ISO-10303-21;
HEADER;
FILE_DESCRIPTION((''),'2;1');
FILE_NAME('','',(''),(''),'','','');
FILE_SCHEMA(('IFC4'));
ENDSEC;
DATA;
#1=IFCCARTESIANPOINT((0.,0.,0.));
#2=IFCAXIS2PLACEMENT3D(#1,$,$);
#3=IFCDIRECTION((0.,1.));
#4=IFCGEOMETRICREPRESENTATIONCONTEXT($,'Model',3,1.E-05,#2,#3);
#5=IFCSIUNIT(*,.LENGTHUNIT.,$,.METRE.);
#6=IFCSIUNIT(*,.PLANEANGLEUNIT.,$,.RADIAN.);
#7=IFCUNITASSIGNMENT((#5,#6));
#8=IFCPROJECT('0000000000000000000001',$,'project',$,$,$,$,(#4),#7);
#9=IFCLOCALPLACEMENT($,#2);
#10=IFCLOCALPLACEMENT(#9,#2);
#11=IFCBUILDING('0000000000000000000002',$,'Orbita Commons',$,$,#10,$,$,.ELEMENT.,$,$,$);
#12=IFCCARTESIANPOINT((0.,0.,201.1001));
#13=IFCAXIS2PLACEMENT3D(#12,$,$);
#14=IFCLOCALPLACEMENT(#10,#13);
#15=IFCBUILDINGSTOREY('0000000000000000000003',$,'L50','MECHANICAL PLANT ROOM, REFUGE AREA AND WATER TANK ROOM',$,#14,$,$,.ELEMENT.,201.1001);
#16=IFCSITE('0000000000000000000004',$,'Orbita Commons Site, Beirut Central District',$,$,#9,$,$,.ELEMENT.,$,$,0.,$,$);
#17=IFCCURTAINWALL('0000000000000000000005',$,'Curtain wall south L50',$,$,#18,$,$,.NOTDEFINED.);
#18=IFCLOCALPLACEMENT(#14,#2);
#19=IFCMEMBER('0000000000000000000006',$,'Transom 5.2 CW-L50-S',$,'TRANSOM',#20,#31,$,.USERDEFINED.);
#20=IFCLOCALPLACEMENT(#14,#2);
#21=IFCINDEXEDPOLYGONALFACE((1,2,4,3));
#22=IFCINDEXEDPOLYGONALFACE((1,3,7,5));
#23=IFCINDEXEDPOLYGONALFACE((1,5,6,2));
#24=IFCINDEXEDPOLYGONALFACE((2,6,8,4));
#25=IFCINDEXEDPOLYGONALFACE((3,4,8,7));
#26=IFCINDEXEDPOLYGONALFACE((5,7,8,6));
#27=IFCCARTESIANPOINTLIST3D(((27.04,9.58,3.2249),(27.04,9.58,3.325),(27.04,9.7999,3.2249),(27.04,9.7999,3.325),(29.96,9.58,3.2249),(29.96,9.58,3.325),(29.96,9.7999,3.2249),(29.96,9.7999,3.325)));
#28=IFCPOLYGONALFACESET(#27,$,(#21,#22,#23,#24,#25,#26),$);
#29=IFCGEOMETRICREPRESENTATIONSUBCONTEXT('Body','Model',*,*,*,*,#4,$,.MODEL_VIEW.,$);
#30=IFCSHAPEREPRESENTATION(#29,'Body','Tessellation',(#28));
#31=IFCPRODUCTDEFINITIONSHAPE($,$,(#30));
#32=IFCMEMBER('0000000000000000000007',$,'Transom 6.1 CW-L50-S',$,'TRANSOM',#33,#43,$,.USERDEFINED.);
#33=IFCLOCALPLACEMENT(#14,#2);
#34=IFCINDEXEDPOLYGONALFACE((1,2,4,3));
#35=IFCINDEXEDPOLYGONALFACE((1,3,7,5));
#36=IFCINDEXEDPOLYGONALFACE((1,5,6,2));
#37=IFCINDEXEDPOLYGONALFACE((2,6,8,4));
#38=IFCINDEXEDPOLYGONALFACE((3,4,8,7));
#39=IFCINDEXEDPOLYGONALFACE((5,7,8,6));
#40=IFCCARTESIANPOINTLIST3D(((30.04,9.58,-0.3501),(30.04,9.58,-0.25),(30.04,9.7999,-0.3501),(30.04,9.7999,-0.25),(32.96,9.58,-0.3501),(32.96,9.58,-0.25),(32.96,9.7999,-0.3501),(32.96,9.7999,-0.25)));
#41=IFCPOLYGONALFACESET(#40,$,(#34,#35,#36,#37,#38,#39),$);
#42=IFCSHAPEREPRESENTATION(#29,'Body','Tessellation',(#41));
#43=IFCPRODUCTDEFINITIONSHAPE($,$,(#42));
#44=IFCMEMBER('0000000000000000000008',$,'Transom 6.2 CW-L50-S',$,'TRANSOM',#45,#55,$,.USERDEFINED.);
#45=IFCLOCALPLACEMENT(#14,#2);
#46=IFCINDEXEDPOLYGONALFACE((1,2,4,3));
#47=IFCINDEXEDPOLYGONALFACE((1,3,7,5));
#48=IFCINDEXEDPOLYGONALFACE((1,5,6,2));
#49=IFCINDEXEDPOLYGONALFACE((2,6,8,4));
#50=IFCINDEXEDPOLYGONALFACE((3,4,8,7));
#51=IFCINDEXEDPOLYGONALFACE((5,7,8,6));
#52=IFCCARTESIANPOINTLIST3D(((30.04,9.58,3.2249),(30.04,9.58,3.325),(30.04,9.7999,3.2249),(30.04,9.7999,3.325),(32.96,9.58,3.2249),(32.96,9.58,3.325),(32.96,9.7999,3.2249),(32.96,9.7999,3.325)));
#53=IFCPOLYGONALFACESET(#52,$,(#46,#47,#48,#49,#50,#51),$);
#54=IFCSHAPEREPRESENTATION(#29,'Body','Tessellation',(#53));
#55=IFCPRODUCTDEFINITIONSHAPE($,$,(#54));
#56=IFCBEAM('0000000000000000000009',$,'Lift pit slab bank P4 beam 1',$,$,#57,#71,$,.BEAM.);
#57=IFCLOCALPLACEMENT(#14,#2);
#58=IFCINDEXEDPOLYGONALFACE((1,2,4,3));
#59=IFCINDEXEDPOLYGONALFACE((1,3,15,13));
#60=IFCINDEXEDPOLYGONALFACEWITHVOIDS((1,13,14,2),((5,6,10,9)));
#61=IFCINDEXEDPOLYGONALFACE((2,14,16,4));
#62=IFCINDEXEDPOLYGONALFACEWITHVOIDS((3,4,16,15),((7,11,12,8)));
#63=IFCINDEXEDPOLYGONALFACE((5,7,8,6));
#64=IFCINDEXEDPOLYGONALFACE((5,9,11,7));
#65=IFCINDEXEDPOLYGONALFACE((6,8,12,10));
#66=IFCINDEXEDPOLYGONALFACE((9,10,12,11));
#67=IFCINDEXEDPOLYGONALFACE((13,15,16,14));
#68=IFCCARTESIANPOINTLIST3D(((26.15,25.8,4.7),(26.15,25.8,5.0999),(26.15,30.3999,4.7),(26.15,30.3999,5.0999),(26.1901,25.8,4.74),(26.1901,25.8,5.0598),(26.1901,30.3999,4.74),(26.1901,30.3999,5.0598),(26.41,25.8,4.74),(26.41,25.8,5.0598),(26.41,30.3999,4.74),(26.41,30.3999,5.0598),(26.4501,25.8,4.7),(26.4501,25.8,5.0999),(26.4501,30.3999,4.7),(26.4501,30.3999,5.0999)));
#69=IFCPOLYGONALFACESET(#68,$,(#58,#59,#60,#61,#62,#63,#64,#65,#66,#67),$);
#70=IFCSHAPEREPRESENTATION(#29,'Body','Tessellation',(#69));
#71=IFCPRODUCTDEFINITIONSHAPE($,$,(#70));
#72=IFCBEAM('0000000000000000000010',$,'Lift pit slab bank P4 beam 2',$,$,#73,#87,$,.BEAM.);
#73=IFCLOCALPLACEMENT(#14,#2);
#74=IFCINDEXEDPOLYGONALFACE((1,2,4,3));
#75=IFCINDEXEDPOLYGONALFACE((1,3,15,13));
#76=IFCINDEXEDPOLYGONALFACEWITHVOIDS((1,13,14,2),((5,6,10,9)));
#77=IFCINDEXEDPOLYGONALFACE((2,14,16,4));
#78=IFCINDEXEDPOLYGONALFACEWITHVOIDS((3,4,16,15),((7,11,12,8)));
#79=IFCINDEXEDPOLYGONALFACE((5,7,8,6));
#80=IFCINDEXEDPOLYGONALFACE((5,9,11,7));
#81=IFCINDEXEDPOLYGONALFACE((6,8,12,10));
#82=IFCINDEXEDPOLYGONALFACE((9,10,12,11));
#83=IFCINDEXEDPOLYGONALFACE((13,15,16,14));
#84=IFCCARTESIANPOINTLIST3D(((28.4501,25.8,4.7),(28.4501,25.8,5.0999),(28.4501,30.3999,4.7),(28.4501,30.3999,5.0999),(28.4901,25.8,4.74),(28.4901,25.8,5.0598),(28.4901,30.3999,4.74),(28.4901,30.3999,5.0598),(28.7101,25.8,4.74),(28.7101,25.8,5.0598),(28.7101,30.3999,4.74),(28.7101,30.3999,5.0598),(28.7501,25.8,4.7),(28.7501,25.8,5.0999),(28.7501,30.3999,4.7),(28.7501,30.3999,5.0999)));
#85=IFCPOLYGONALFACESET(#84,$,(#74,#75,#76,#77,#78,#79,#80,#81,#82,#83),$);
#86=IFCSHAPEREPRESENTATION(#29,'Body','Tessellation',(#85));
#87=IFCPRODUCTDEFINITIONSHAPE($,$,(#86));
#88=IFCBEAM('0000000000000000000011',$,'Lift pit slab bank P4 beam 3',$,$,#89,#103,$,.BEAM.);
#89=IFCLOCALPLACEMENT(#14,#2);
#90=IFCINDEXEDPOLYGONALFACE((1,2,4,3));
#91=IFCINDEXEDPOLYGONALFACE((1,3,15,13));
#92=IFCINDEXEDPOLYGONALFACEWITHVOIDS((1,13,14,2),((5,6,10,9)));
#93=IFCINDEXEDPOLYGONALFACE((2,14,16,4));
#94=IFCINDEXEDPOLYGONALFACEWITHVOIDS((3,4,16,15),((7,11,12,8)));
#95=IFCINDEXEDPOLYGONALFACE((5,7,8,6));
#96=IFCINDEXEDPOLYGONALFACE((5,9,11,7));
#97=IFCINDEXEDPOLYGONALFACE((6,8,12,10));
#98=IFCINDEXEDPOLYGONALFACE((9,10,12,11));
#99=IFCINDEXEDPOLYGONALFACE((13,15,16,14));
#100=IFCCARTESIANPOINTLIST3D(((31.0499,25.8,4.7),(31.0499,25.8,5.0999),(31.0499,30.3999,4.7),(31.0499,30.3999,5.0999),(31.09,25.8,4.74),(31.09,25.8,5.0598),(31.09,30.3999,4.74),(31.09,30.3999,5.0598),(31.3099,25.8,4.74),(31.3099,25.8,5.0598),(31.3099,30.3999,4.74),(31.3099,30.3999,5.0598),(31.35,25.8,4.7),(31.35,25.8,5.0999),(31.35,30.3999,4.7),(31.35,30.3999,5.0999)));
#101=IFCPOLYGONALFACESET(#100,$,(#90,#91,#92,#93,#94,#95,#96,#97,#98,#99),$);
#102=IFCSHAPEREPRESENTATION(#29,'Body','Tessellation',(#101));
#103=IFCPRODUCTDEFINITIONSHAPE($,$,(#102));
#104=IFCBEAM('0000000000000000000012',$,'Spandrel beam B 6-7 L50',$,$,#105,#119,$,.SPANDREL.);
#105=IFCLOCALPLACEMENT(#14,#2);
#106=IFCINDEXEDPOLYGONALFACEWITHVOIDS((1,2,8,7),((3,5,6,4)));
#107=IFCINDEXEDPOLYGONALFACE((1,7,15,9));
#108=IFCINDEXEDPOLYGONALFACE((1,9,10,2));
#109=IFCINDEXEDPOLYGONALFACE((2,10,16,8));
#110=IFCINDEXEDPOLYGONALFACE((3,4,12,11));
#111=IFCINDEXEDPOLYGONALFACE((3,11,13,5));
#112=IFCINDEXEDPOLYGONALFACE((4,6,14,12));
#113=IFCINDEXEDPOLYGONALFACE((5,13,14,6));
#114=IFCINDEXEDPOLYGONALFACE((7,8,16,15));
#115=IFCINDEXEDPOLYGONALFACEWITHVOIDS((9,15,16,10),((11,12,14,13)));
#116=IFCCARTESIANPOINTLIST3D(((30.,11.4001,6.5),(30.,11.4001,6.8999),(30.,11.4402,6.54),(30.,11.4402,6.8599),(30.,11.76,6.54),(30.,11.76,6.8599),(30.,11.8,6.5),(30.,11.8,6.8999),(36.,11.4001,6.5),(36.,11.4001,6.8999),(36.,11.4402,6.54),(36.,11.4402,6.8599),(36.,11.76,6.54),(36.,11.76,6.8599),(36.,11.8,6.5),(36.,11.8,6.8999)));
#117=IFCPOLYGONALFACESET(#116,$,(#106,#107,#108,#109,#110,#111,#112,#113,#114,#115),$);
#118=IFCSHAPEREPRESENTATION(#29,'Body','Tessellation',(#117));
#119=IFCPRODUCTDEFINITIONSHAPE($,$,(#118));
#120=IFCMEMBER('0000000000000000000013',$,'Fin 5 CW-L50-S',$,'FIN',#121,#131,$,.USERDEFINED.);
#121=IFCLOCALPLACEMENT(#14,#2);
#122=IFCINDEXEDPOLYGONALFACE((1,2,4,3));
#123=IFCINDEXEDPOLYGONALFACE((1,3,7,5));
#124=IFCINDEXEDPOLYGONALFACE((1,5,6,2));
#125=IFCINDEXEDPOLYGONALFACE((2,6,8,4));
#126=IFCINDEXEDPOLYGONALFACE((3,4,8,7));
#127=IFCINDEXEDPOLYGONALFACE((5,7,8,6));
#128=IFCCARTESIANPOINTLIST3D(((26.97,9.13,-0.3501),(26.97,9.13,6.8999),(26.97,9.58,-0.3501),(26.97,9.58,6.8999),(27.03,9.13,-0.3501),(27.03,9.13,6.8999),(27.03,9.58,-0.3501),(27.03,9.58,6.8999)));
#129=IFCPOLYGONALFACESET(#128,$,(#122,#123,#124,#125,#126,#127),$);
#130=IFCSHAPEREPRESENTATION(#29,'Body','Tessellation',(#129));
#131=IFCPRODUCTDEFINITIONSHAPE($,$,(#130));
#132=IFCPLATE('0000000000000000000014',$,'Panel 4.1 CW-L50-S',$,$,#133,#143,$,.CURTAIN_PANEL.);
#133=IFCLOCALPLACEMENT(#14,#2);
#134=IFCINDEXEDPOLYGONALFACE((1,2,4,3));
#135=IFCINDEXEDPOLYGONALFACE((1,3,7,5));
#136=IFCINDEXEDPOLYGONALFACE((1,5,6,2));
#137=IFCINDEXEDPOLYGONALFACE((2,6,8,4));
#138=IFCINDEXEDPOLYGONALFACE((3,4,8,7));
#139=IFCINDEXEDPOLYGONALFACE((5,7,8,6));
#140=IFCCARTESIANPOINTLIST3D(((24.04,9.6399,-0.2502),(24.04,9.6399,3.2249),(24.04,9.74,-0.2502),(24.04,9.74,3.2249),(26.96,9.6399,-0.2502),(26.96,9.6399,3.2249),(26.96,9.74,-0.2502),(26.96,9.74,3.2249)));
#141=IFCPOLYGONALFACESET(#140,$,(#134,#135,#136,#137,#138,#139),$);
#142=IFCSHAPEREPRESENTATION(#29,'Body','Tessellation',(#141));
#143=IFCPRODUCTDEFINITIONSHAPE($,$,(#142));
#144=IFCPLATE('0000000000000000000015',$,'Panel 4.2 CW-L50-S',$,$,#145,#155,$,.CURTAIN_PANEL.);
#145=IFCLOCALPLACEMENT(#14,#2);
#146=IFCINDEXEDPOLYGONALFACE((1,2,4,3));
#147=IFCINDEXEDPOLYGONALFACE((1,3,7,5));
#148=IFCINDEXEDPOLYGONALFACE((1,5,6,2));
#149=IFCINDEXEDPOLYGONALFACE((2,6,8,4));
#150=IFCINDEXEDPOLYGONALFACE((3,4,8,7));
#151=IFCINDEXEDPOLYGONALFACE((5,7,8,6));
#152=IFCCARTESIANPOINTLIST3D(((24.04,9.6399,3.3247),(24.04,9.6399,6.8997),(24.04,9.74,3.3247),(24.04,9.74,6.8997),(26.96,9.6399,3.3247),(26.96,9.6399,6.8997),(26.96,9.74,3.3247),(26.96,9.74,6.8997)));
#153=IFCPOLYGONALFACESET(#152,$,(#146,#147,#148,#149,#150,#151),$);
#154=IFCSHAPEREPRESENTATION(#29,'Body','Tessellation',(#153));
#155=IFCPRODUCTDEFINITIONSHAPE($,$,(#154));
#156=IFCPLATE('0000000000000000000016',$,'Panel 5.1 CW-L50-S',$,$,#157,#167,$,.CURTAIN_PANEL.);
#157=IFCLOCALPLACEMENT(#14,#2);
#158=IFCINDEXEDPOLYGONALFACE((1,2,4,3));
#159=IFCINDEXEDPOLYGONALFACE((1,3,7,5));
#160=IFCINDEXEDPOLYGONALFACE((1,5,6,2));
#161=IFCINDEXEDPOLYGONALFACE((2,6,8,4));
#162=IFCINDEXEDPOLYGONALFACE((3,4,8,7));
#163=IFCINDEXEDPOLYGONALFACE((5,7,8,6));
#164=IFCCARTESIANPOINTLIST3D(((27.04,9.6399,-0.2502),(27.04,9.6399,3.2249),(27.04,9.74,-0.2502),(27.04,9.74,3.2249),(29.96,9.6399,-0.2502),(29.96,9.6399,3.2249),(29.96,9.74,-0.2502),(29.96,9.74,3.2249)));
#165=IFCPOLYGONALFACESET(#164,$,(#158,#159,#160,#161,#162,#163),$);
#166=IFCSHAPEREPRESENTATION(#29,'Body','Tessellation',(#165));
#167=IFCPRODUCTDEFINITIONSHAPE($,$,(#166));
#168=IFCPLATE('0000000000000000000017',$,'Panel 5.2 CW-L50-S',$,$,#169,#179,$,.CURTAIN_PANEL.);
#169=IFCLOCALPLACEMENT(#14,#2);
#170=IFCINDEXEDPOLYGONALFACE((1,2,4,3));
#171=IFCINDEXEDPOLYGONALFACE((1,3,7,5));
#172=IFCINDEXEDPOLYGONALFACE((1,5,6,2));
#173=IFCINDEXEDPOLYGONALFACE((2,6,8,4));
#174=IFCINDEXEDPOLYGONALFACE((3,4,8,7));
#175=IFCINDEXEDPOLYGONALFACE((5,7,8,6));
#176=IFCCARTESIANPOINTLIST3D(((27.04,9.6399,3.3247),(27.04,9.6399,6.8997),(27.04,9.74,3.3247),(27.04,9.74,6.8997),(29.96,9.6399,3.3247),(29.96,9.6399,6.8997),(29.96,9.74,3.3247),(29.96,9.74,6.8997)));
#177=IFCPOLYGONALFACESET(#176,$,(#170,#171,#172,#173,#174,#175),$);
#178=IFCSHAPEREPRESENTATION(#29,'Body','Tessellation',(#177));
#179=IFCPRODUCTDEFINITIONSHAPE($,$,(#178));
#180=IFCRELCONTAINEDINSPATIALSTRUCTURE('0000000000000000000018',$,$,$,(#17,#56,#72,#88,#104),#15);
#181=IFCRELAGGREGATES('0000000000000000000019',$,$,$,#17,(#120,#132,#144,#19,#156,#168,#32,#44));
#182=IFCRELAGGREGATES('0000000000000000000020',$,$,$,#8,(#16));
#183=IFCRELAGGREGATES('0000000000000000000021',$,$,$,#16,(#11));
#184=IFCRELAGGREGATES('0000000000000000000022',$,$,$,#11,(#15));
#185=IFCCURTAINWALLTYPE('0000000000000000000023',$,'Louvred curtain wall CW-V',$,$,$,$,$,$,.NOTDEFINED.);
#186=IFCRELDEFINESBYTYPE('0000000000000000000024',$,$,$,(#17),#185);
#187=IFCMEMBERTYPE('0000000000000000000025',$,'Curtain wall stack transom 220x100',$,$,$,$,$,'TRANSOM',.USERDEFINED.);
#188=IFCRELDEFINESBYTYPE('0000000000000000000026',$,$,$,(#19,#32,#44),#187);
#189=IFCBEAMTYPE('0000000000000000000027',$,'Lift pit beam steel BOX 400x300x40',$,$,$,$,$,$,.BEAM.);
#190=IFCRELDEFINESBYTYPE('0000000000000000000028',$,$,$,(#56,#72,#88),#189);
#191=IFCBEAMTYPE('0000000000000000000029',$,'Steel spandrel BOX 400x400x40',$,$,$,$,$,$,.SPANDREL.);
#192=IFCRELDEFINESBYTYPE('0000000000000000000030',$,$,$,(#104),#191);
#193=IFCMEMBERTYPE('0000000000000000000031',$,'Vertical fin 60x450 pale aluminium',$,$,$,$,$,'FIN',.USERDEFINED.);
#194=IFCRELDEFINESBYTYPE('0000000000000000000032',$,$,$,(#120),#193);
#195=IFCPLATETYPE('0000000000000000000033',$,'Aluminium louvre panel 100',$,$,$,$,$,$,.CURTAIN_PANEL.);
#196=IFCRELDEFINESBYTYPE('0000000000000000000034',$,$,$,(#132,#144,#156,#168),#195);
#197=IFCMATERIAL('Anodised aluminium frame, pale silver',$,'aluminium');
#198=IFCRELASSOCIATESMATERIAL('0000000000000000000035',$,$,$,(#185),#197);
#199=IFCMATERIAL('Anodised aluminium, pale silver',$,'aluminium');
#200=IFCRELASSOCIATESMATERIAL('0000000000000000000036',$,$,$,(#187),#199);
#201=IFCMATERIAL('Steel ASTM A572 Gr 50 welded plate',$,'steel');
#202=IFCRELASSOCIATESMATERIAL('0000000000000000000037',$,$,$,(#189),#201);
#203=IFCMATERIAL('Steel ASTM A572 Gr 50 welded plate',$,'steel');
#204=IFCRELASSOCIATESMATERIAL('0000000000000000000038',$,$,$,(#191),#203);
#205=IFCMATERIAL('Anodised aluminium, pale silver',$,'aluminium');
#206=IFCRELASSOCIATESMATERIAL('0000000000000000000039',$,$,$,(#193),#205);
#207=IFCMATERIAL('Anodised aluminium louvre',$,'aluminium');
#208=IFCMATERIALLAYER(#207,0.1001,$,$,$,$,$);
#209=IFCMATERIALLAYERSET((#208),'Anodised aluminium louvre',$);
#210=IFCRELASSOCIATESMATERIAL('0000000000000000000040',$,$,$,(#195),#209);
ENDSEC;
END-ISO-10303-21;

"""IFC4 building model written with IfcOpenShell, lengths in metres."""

from ifc_helpers import new_model, si_unit, direction, frame, origin, origin_2d, place, context, subcontext, project, spatial, rectangle, hollow_rectangle, extrude, material, layer, layer_set, material_profile, profile_set, type_object, element, aggregate, save


model = new_model("IFC4")

# Units and contexts
model_context = context("Model", 3, precision=1e-05, world=origin(), true_north=direction((0.0, 1.0)))
body_context = subcontext(model_context, "Body", "Model", "MODEL_VIEW")
ifc_project = project(units=[si_unit("LENGTHUNIT", "METRE"), si_unit("PLANEANGLEUNIT", "RADIAN")], contexts=[model_context])

# Site, building, storey
site_placement = place(None, origin())
site = spatial("IfcSite", under=ifc_project, at=site_placement, Name="Orbita Commons Site, Beirut Central District", CompositionType="ELEMENT", RefElevation=0.0)
building_placement = place(site_placement, origin())
building = spatial("IfcBuilding", under=site, at=building_placement, Name="Orbita Commons", CompositionType="ELEMENT")
storey_placement = place(building_placement, frame((0.0, 0.0, 201.1001)))
storey = spatial("IfcBuildingStorey", under=building, at=storey_placement, Name="L50", Description="MECHANICAL PLANT ROOM, REFUGE AREA AND WATER TANK ROOM", CompositionType="ELEMENT", Elevation=201.1001)

# Curtain wall, members
ifc_material_1 = material(Name="Anodised aluminium frame, pale silver", Category="aluminium")
curtain_wall_type = type_object("IfcCurtainWallType", Name="Louvred curtain wall CW-V", PredefinedType="NOTDEFINED", material=ifc_material_1)
curtain_wall_placement = place(storey_placement, origin())
curtain_wall = element("IfcCurtainWall", 1, at=curtain_wall_placement, inside=storey, type_object=curtain_wall_type, Name="Curtain wall south L50", PredefinedType="NOTDEFINED")
ifc_material_2 = material(Name="Anodised aluminium, pale silver", Category="aluminium")
ifc_material_profile_1 = material_profile(ifc_material_2, rectangle(XDim=0.22, YDim=0.1001, at=origin_2d()), Name="AL 220x100")
ifc_profile_set_1 = profile_set([ifc_material_profile_1], Name="Anodised aluminium, pale silver")
member_type_1 = type_object("IfcMemberType", Name="Curtain wall stack transom 220x100", ElementType="TRANSOM", PredefinedType="USERDEFINED", material=ifc_profile_set_1)
member_1_placement = place(storey_placement, frame((27.04, 9.6899, 3.2749), z_axis=(1.0, 0.0, 0.0), x_axis=(0.0, 1.0, 0.0)))
member_1 = element("IfcMember", 2, at=member_1_placement, type_object=member_type_1, Name="Transom 5.2 CW-L50-S", ObjectType="TRANSOM", PredefinedType="USERDEFINED", context=body_context, shape_type="SweptSolid", body=[
    extrude(rectangle(XDim=0.22, YDim=0.1001, at=origin_2d()), origin(), (0.0, 0.0, 1.0), 2.9199),
])
member_2_placement = place(storey_placement, frame((30.04, 9.6899, -0.3), z_axis=(1.0, 0.0, 0.0), x_axis=(0.0, 1.0, 0.0)))
member_2 = element("IfcMember", 3, at=member_2_placement, type_object=member_type_1, Name="Transom 6.1 CW-L50-S", ObjectType="TRANSOM", PredefinedType="USERDEFINED", context=body_context, shape_type="SweptSolid", body=[
    extrude(rectangle(XDim=0.22, YDim=0.1001, at=origin_2d()), origin(), (0.0, 0.0, 1.0), 2.9199),
])
member_3_placement = place(storey_placement, frame((30.04, 9.6899, 3.2749), z_axis=(1.0, 0.0, 0.0), x_axis=(0.0, 1.0, 0.0)))
member_3 = element("IfcMember", 4, at=member_3_placement, type_object=member_type_1, Name="Transom 6.2 CW-L50-S", ObjectType="TRANSOM", PredefinedType="USERDEFINED", context=body_context, shape_type="SweptSolid", body=[
    extrude(rectangle(XDim=0.22, YDim=0.1001, at=origin_2d()), origin(), (0.0, 0.0, 1.0), 2.9199),
])

# Beams
ifc_material_3 = material(Name="Steel ASTM A572 Gr 50 welded plate", Category="steel")
ifc_material_profile_2 = material_profile(ifc_material_3, hollow_rectangle(XDim=0.3, YDim=0.3999, WallThickness=0.04, at=origin_2d()), Name="BOX 400x300x40")
ifc_profile_set_2 = profile_set([ifc_material_profile_2], Name="Steel ASTM A572 Gr 50 welded plate")
beam_type_1 = type_object("IfcBeamType", Name="Lift pit beam steel BOX 400x300x40", PredefinedType="BEAM", material=ifc_profile_set_2)
for number, where, z_axis, x_axis, name in (
    (5, (26.3, 25.8, 4.8999), (0.0, 1.0, 0.0), (-1.0, 0.0, 0.0), "Lift pit slab bank P4 beam 1"),
    (6, (28.6001, 25.8, 4.8999), (0.0, 1.0, 0.0), (-1.0, 0.0, 0.0), "Lift pit slab bank P4 beam 2"),
    (7, (31.2, 25.8, 4.8999), (0.0, 1.0, 0.0), (-1.0, 0.0, 0.0), "Lift pit slab bank P4 beam 3"),
):
    element("IfcBeam", number, at=place(storey_placement, frame(where, z_axis=z_axis, x_axis=x_axis)), inside=storey, type_object=beam_type_1, Name=name, PredefinedType="BEAM", context=body_context, shape_type="SweptSolid", body=[
        extrude(hollow_rectangle(XDim=0.3, YDim=0.3999, WallThickness=0.04, at=origin_2d()), origin(), (0.0, 0.0, 1.0), 4.5999),
    ])
ifc_material_4 = material(Name="Steel ASTM A572 Gr 50 welded plate", Category="steel")
ifc_material_profile_3 = material_profile(ifc_material_4, hollow_rectangle(XDim=0.3999, YDim=0.3999, WallThickness=0.04, at=origin_2d()), Name="BOX 400x400x40")
ifc_profile_set_3 = profile_set([ifc_material_profile_3], Name="Steel ASTM A572 Gr 50 welded plate")
beam_type_2 = type_object("IfcBeamType", Name="Steel spandrel BOX 400x400x40", PredefinedType="SPANDREL", material=ifc_profile_set_3)
beam_placement = place(storey_placement, frame((30.0, 11.6001, 6.7), z_axis=(1.0, 0.0, 0.0), x_axis=(0.0, 1.0, 0.0)))
element("IfcBeam", 8, at=beam_placement, inside=storey, type_object=beam_type_2, Name="Spandrel beam B 6-7 L50", PredefinedType="SPANDREL", context=body_context, shape_type="SweptSolid", body=[
    extrude(hollow_rectangle(XDim=0.3999, YDim=0.3999, WallThickness=0.04, at=origin_2d()), origin(), (0.0, 0.0, 1.0), 6.0),
])

# Member
ifc_material_5 = material(Name="Anodised aluminium, pale silver", Category="aluminium")
ifc_material_profile_4 = material_profile(ifc_material_5, rectangle(XDim=0.0601, YDim=0.45, at=origin_2d()), Name="FIN 60x450")
ifc_profile_set_4 = profile_set([ifc_material_profile_4], Name="Anodised aluminium, pale silver")
member_type_2 = type_object("IfcMemberType", Name="Vertical fin 60x450 pale aluminium", ElementType="FIN", PredefinedType="USERDEFINED", material=ifc_profile_set_4)
member_4_placement = place(storey_placement, frame((27.0, 9.355, -0.3501), z_axis=(0.0, 0.0, 1.0), x_axis=(1.0, 0.0, 0.0)))
member_4 = element("IfcMember", 9, at=member_4_placement, type_object=member_type_2, Name="Fin 5 CW-L50-S", ObjectType="FIN", PredefinedType="USERDEFINED", context=body_context, shape_type="SweptSolid", body=[
    extrude(rectangle(XDim=0.0601, YDim=0.45, at=origin_2d()), origin(), (0.0, 0.0, 1.0), 7.25),
])

# Plates
ifc_material_6 = material(Name="Anodised aluminium louvre", Category="aluminium")
ifc_layer_1 = layer(ifc_material_6, 0.1001)
ifc_layer_set_1 = layer_set([ifc_layer_1], Name="Anodised aluminium louvre")
plate_type = type_object("IfcPlateType", Name="Aluminium louvre panel 100", PredefinedType="CURTAIN_PANEL", material=ifc_layer_set_1)
plate_1_placement = place(storey_placement, frame((25.5, 9.6899, -0.2502), z_axis=(0.0, 0.0, 1.0), x_axis=(1.0, 0.0, 0.0)))
plate_1 = element("IfcPlate", 10, at=plate_1_placement, type_object=plate_type, Name="Panel 4.1 CW-L50-S", PredefinedType="CURTAIN_PANEL", context=body_context, shape_type="SweptSolid", body=[
    extrude(rectangle(XDim=2.9199, YDim=0.1001, at=origin_2d()), origin(), (0.0, 0.0, 1.0), 3.4751),
])
plate_2_placement = place(storey_placement, frame((25.5, 9.6899, 3.3247), z_axis=(0.0, 0.0, 1.0), x_axis=(1.0, 0.0, 0.0)))
plate_2 = element("IfcPlate", 11, at=plate_2_placement, type_object=plate_type, Name="Panel 4.2 CW-L50-S", PredefinedType="CURTAIN_PANEL", context=body_context, shape_type="SweptSolid", body=[
    extrude(rectangle(XDim=2.9199, YDim=0.1001, at=origin_2d()), origin(), (0.0, 0.0, 1.0), 3.575),
])
plate_3_placement = place(storey_placement, frame((28.5, 9.6899, -0.2502), z_axis=(0.0, 0.0, 1.0), x_axis=(1.0, 0.0, 0.0)))
plate_3 = element("IfcPlate", 12, at=plate_3_placement, type_object=plate_type, Name="Panel 5.1 CW-L50-S", PredefinedType="CURTAIN_PANEL", context=body_context, shape_type="SweptSolid", body=[
    extrude(rectangle(XDim=2.9199, YDim=0.1001, at=origin_2d()), origin(), (0.0, 0.0, 1.0), 3.4751),
])
plate_4_placement = place(storey_placement, frame((28.5, 9.6899, 3.3247), z_axis=(0.0, 0.0, 1.0), x_axis=(1.0, 0.0, 0.0)))
plate_4 = element("IfcPlate", 13, at=plate_4_placement, type_object=plate_type, Name="Panel 5.2 CW-L50-S", PredefinedType="CURTAIN_PANEL", context=body_context, shape_type="SweptSolid", body=[
    extrude(rectangle(XDim=2.9199, YDim=0.1001, at=origin_2d()), origin(), (0.0, 0.0, 1.0), 3.575),
])
aggregate(curtain_wall, [member_4, plate_1, plate_2, member_1, plate_3, plate_4, member_2, member_3])

save(model, "model.ifc")
